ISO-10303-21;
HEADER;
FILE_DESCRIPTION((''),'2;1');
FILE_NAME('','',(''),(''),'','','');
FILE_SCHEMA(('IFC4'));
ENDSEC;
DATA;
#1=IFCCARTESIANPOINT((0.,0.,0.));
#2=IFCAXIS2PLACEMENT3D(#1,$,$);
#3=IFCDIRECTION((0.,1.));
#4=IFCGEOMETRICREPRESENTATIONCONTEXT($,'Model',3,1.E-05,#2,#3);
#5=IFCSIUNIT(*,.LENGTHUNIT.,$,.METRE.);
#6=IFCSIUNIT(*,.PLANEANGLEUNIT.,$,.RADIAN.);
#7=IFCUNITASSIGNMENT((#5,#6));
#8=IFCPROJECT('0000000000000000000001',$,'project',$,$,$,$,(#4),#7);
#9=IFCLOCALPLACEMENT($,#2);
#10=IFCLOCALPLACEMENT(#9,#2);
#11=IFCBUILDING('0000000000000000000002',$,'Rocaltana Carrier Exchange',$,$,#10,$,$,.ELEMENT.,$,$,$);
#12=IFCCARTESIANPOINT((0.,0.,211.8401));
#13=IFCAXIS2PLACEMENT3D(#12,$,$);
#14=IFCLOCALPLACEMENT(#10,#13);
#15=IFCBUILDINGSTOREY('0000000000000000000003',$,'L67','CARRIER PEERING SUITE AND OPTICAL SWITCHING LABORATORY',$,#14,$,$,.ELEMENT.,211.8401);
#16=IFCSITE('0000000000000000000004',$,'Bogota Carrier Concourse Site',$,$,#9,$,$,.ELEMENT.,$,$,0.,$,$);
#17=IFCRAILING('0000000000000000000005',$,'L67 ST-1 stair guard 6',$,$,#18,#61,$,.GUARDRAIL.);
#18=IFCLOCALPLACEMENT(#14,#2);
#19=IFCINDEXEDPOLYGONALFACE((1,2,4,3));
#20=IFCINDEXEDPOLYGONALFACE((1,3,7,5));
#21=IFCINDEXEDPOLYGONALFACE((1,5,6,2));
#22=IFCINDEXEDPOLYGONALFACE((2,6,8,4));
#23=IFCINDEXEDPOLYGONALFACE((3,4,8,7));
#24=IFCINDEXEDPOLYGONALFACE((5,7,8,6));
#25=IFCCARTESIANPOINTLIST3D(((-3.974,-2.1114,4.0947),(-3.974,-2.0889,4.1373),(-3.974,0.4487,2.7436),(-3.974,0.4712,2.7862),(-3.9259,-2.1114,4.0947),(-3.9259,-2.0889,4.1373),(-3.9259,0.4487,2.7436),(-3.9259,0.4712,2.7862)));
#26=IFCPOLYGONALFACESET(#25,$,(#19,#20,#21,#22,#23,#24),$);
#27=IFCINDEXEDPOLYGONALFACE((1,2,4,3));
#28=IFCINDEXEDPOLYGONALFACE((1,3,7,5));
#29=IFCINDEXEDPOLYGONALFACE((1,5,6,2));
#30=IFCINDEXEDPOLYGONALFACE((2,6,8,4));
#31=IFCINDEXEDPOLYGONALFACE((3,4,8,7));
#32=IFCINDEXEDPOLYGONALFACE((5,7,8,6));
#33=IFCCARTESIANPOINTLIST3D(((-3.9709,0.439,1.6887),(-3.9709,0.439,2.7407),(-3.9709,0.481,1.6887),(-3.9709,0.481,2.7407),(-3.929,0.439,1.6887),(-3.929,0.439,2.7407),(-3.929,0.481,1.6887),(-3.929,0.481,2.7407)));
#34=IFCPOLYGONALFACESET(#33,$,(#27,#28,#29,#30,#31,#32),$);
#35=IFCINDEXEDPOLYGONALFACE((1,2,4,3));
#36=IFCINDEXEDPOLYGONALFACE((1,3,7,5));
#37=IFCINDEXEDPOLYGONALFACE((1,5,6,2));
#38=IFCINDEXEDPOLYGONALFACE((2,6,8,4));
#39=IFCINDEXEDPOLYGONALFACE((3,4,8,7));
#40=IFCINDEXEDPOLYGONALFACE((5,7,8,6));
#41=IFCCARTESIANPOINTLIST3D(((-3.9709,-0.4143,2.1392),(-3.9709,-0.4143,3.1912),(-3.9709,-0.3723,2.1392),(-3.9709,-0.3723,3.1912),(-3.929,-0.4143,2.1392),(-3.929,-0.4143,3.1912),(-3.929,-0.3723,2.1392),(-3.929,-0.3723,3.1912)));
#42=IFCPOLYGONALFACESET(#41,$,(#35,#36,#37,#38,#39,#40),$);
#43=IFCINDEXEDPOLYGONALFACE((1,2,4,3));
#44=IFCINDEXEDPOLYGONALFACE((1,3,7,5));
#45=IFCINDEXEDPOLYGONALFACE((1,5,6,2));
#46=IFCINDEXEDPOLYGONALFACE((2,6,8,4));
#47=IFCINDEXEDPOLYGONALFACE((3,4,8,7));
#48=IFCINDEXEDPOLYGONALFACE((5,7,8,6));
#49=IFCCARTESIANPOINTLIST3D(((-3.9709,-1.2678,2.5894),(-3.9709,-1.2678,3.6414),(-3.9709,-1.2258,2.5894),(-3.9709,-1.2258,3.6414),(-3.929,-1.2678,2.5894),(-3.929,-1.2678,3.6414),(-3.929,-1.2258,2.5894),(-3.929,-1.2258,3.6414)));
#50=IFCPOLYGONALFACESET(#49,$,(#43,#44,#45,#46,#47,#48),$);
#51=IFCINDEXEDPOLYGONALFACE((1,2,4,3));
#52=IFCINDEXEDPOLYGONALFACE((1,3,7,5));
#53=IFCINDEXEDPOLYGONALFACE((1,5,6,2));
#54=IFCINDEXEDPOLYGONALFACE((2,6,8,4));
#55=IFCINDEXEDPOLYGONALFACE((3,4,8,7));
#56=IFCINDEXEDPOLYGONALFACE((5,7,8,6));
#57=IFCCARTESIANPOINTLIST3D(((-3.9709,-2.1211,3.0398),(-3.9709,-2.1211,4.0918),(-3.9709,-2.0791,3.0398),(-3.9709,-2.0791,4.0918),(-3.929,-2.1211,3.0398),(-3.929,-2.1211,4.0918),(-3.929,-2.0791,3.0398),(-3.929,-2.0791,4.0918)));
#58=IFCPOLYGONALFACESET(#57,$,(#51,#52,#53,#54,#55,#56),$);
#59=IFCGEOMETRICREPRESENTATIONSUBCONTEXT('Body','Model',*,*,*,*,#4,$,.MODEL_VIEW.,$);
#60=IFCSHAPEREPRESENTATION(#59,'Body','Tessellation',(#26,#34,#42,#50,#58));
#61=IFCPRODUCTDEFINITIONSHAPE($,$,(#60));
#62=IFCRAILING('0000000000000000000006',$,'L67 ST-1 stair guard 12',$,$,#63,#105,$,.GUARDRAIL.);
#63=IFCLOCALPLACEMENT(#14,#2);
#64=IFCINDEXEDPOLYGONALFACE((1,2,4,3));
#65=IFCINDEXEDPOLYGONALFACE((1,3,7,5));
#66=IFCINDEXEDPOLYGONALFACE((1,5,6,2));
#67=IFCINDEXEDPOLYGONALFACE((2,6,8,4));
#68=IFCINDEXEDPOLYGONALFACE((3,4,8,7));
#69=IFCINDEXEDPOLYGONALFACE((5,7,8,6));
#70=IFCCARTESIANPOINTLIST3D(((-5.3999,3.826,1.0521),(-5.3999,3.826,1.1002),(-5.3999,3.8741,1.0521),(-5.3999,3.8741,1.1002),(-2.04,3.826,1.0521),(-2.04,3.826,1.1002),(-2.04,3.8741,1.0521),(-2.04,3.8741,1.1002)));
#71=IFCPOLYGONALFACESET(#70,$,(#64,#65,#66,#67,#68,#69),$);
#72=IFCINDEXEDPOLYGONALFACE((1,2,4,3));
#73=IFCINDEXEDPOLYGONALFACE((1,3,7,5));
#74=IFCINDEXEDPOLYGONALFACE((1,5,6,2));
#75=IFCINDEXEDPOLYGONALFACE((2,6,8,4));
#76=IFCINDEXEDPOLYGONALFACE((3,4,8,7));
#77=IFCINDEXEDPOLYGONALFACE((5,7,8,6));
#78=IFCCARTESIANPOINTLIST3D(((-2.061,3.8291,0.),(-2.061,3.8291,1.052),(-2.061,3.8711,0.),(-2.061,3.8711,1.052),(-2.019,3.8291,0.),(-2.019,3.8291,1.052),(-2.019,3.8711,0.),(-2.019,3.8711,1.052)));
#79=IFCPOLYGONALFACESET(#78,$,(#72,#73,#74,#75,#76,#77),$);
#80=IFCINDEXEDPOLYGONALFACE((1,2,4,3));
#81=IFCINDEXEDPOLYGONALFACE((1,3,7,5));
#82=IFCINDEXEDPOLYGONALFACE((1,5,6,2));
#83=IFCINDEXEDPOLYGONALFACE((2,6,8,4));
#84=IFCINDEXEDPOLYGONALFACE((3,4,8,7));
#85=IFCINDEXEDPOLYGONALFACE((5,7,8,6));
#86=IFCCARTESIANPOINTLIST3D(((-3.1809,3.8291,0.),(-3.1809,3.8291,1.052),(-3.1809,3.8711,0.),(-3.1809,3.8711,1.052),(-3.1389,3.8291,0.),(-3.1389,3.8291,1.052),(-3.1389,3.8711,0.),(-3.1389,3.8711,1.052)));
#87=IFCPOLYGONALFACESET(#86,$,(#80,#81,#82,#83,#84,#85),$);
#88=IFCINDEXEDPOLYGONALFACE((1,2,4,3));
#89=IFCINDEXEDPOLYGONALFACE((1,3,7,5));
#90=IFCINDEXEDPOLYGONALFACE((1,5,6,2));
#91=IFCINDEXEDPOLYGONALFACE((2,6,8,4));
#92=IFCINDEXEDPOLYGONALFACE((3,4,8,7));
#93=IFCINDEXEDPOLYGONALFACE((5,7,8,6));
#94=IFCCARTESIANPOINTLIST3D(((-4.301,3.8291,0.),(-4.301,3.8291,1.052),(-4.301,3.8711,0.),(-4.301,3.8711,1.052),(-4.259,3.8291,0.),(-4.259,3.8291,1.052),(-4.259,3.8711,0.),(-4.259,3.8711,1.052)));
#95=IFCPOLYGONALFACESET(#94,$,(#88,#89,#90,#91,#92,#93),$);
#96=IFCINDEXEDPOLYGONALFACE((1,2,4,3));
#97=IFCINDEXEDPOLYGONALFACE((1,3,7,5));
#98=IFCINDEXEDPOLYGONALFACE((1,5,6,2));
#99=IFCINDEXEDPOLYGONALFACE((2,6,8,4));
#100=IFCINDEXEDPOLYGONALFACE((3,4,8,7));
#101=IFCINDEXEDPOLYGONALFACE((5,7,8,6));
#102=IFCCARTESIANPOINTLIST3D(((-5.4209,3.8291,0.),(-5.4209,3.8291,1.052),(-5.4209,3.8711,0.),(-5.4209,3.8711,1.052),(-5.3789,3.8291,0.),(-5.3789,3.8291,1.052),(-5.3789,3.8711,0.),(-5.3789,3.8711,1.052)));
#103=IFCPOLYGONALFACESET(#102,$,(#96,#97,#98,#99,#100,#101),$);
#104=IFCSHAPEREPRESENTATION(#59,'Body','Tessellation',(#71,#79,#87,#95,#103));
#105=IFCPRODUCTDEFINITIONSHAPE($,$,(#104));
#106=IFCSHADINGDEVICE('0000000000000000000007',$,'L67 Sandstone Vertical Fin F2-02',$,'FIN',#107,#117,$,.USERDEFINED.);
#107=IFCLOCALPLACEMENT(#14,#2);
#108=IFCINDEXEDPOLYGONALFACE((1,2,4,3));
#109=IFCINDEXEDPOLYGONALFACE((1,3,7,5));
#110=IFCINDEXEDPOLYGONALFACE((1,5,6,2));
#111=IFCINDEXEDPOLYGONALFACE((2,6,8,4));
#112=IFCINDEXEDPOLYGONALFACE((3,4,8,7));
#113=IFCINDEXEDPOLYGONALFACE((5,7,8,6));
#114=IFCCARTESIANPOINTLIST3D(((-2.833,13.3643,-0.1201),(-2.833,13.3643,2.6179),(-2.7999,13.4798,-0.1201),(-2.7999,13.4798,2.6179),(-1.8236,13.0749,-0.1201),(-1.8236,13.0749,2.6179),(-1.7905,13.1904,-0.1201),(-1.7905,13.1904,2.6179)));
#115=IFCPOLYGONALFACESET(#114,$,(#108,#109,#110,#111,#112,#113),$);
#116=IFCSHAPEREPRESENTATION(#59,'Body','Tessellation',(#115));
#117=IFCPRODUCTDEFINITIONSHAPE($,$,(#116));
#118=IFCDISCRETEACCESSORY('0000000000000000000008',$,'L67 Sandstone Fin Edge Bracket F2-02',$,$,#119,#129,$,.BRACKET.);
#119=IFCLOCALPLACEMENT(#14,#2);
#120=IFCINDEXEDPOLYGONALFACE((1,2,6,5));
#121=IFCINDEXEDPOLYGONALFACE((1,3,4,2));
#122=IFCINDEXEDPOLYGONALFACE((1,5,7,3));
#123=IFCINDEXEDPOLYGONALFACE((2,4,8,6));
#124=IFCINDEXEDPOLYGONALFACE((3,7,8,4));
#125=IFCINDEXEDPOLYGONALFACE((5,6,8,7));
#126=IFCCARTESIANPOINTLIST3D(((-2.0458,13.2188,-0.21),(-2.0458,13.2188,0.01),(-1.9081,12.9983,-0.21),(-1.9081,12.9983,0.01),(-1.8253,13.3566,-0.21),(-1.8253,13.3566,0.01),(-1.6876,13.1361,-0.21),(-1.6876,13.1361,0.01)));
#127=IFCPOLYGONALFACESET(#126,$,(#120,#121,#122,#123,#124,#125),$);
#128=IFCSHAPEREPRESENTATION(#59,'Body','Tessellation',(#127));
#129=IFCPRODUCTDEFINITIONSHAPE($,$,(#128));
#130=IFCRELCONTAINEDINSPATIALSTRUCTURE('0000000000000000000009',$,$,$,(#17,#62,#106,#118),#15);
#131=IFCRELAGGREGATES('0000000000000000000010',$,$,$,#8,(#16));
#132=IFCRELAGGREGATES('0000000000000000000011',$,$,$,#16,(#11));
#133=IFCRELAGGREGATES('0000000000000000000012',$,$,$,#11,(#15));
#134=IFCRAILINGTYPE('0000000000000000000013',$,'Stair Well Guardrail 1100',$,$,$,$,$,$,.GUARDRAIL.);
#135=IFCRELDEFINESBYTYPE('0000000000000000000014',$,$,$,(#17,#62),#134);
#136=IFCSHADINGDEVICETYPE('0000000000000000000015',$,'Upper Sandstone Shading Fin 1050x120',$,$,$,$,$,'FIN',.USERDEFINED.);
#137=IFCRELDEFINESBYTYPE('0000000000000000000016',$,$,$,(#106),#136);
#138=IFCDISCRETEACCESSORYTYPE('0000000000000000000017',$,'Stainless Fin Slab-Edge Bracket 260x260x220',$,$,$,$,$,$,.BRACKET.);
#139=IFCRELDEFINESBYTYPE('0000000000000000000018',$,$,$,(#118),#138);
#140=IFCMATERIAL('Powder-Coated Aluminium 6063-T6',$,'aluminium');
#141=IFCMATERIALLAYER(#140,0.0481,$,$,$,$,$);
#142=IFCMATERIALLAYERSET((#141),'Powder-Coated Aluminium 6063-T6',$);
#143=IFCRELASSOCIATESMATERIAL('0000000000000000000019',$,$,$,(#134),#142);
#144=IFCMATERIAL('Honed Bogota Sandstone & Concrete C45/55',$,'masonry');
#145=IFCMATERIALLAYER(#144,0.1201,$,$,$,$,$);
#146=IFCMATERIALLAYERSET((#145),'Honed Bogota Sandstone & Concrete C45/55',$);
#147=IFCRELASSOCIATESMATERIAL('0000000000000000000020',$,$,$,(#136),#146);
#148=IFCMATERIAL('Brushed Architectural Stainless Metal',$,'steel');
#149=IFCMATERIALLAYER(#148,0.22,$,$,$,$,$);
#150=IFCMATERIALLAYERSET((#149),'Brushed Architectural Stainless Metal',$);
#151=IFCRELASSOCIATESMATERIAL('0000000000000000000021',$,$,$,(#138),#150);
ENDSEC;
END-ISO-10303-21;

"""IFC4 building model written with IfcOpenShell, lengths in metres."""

from ifc_helpers import new_model, si_unit, direction, frame, origin, origin_2d, place, context, subcontext, project, spatial, rectangle, extrude, material, layer, layer_set, type_object, element, save


model = new_model("IFC4")

# Units and contexts
model_context = context("Model", 3, precision=1e-05, world=origin(), true_north=direction((0.0, 1.0)))
body_context = subcontext(model_context, "Body", "Model", "MODEL_VIEW")
ifc_project = project(units=[si_unit("LENGTHUNIT", "METRE"), si_unit("PLANEANGLEUNIT", "RADIAN")], contexts=[model_context])

# Site, building, storey
site_placement = place(None, origin())
site = spatial("IfcSite", under=ifc_project, at=site_placement, Name="Bogota Carrier Concourse Site", CompositionType="ELEMENT", RefElevation=0.0)
building_placement = place(site_placement, origin())
building = spatial("IfcBuilding", under=site, at=building_placement, Name="Rocaltana Carrier Exchange", CompositionType="ELEMENT")
storey_placement = place(building_placement, frame((0.0, 0.0, 211.8401)))
storey = spatial("IfcBuildingStorey", under=building, at=storey_placement, Name="L67", Description="CARRIER PEERING SUITE AND OPTICAL SWITCHING LABORATORY", CompositionType="ELEMENT", Elevation=211.8401)

# Railings
ifc_material_1 = material(Name="Powder-Coated Aluminium 6063-T6", Category="aluminium")
ifc_layer_1 = layer(ifc_material_1, 0.0481)
ifc_layer_set_1 = layer_set([ifc_layer_1], Name="Powder-Coated Aluminium 6063-T6")
railing_type_1 = type_object("IfcRailingType", Name="Stair Well Guardrail 1100", PredefinedType="GUARDRAIL", material=ifc_layer_set_1)
railing_1_placement = place(storey_placement, frame((-3.95, 0.46, 1.6887)))
element("IfcRailing", 1, at=railing_1_placement, inside=storey, type_object=railing_type_1, Name="L67 ST-1 stair guard 6", PredefinedType="GUARDRAIL", context=body_context, shape_type="SweptSolid", body=[
    extrude(rectangle(XDim=0.0481, YDim=0.0481, at=origin_2d()), frame((0.0, 0.0, 1.0762), z_axis=(0.0, -0.884394, 0.46674), x_axis=(1.0, 0.0, 0.0)), (0.0, 0.0, 1.0), 2.8948),
    extrude(rectangle(XDim=0.042, YDim=0.042, at=origin_2d()), origin(), (0.0, 0.0, 1.0), 1.052),
    extrude(rectangle(XDim=0.042, YDim=0.042, at=origin_2d()), frame((0.0, -0.8533, 0.4504)), (0.0, 0.0, 1.0), 1.052),
    extrude(rectangle(XDim=0.042, YDim=0.042, at=origin_2d()), frame((0.0, -1.7068, 0.9006)), (0.0, 0.0, 1.0), 1.052),
    extrude(rectangle(XDim=0.042, YDim=0.042, at=origin_2d()), frame((0.0, -2.5601, 1.3511)), (0.0, 0.0, 1.0), 1.052),
])
railing_2_placement = place(storey_placement, frame((-2.04, 3.8501, 0.0)))
element("IfcRailing", 2, at=railing_2_placement, inside=storey, type_object=railing_type_1, Name="L67 ST-1 stair guard 12", PredefinedType="GUARDRAIL", context=body_context, shape_type="SweptSolid", body=[
    extrude(rectangle(XDim=0.0481, YDim=0.0481, at=origin_2d()), frame((0.0, 0.0, 1.0762), z_axis=(-1.0, 0.0, 0.0), x_axis=(0.0, -1.0, 0.0)), (0.0, 0.0, 1.0), 3.3599),
    extrude(rectangle(XDim=0.042, YDim=0.042, at=origin_2d()), origin(), (0.0, 0.0, 1.0), 1.052),
    extrude(rectangle(XDim=0.042, YDim=0.042, at=origin_2d()), frame((-1.1199, 0.0, 0.0)), (0.0, 0.0, 1.0), 1.052),
    extrude(rectangle(XDim=0.042, YDim=0.042, at=origin_2d()), frame((-2.24, 0.0, 0.0)), (0.0, 0.0, 1.0), 1.052),
    extrude(rectangle(XDim=0.042, YDim=0.042, at=origin_2d()), frame((-3.3599, 0.0, 0.0)), (0.0, 0.0, 1.0), 1.052),
])

# Shading device
ifc_material_2 = material(Name="Honed Bogota Sandstone & Concrete C45/55", Category="masonry")
ifc_layer_2 = layer(ifc_material_2, 0.1201)
ifc_layer_set_2 = layer_set([ifc_layer_2], Name="Honed Bogota Sandstone & Concrete C45/55")
shading_device_type = type_object("IfcShadingDeviceType", Name="Upper Sandstone Shading Fin 1050x120", ElementType="FIN", PredefinedType="USERDEFINED", material=ifc_layer_set_2)
shading_device_placement = place(storey_placement, frame((-2.3118, 13.2773, -0.1201), z_axis=(0.0, 0.0, 1.0), x_axis=(-0.961262, 0.275637, 0.0)))
element("IfcShadingDevice", 3, at=shading_device_placement, inside=storey, type_object=shading_device_type, Name="L67 Sandstone Vertical Fin F2-02", ObjectType="FIN", PredefinedType="USERDEFINED", context=body_context, shape_type="SweptSolid", body=[
    extrude(rectangle(XDim=1.05, YDim=0.1201, at=origin_2d()), origin(), (0.0, 0.0, 1.0), 2.738),
])

# Discrete accessory
ifc_material_3 = material(Name="Brushed Architectural Stainless Metal", Category="steel")
ifc_layer_3 = layer(ifc_material_3, 0.22)
ifc_layer_set_3 = layer_set([ifc_layer_3], Name="Brushed Architectural Stainless Metal")
discrete_accessory_type = type_object("IfcDiscreteAccessoryType", Name="Stainless Fin Slab-Edge Bracket 260x260x220", PredefinedType="BRACKET", material=ifc_layer_set_3)
discrete_accessory_placement = place(storey_placement, frame((-1.8667, 13.1775, -0.21), z_axis=(0.0, 0.0, 1.0), x_axis=(-0.848048, -0.529919, 0.0)))
element("IfcDiscreteAccessory", 4, at=discrete_accessory_placement, inside=storey, type_object=discrete_accessory_type, Name="L67 Sandstone Fin Edge Bracket F2-02", PredefinedType="BRACKET", context=body_context, shape_type="SweptSolid", body=[
    extrude(rectangle(XDim=0.26, YDim=0.26, at=origin_2d()), origin(), (0.0, 0.0, 1.0), 0.22),
])

save(model, "model.ifc")
